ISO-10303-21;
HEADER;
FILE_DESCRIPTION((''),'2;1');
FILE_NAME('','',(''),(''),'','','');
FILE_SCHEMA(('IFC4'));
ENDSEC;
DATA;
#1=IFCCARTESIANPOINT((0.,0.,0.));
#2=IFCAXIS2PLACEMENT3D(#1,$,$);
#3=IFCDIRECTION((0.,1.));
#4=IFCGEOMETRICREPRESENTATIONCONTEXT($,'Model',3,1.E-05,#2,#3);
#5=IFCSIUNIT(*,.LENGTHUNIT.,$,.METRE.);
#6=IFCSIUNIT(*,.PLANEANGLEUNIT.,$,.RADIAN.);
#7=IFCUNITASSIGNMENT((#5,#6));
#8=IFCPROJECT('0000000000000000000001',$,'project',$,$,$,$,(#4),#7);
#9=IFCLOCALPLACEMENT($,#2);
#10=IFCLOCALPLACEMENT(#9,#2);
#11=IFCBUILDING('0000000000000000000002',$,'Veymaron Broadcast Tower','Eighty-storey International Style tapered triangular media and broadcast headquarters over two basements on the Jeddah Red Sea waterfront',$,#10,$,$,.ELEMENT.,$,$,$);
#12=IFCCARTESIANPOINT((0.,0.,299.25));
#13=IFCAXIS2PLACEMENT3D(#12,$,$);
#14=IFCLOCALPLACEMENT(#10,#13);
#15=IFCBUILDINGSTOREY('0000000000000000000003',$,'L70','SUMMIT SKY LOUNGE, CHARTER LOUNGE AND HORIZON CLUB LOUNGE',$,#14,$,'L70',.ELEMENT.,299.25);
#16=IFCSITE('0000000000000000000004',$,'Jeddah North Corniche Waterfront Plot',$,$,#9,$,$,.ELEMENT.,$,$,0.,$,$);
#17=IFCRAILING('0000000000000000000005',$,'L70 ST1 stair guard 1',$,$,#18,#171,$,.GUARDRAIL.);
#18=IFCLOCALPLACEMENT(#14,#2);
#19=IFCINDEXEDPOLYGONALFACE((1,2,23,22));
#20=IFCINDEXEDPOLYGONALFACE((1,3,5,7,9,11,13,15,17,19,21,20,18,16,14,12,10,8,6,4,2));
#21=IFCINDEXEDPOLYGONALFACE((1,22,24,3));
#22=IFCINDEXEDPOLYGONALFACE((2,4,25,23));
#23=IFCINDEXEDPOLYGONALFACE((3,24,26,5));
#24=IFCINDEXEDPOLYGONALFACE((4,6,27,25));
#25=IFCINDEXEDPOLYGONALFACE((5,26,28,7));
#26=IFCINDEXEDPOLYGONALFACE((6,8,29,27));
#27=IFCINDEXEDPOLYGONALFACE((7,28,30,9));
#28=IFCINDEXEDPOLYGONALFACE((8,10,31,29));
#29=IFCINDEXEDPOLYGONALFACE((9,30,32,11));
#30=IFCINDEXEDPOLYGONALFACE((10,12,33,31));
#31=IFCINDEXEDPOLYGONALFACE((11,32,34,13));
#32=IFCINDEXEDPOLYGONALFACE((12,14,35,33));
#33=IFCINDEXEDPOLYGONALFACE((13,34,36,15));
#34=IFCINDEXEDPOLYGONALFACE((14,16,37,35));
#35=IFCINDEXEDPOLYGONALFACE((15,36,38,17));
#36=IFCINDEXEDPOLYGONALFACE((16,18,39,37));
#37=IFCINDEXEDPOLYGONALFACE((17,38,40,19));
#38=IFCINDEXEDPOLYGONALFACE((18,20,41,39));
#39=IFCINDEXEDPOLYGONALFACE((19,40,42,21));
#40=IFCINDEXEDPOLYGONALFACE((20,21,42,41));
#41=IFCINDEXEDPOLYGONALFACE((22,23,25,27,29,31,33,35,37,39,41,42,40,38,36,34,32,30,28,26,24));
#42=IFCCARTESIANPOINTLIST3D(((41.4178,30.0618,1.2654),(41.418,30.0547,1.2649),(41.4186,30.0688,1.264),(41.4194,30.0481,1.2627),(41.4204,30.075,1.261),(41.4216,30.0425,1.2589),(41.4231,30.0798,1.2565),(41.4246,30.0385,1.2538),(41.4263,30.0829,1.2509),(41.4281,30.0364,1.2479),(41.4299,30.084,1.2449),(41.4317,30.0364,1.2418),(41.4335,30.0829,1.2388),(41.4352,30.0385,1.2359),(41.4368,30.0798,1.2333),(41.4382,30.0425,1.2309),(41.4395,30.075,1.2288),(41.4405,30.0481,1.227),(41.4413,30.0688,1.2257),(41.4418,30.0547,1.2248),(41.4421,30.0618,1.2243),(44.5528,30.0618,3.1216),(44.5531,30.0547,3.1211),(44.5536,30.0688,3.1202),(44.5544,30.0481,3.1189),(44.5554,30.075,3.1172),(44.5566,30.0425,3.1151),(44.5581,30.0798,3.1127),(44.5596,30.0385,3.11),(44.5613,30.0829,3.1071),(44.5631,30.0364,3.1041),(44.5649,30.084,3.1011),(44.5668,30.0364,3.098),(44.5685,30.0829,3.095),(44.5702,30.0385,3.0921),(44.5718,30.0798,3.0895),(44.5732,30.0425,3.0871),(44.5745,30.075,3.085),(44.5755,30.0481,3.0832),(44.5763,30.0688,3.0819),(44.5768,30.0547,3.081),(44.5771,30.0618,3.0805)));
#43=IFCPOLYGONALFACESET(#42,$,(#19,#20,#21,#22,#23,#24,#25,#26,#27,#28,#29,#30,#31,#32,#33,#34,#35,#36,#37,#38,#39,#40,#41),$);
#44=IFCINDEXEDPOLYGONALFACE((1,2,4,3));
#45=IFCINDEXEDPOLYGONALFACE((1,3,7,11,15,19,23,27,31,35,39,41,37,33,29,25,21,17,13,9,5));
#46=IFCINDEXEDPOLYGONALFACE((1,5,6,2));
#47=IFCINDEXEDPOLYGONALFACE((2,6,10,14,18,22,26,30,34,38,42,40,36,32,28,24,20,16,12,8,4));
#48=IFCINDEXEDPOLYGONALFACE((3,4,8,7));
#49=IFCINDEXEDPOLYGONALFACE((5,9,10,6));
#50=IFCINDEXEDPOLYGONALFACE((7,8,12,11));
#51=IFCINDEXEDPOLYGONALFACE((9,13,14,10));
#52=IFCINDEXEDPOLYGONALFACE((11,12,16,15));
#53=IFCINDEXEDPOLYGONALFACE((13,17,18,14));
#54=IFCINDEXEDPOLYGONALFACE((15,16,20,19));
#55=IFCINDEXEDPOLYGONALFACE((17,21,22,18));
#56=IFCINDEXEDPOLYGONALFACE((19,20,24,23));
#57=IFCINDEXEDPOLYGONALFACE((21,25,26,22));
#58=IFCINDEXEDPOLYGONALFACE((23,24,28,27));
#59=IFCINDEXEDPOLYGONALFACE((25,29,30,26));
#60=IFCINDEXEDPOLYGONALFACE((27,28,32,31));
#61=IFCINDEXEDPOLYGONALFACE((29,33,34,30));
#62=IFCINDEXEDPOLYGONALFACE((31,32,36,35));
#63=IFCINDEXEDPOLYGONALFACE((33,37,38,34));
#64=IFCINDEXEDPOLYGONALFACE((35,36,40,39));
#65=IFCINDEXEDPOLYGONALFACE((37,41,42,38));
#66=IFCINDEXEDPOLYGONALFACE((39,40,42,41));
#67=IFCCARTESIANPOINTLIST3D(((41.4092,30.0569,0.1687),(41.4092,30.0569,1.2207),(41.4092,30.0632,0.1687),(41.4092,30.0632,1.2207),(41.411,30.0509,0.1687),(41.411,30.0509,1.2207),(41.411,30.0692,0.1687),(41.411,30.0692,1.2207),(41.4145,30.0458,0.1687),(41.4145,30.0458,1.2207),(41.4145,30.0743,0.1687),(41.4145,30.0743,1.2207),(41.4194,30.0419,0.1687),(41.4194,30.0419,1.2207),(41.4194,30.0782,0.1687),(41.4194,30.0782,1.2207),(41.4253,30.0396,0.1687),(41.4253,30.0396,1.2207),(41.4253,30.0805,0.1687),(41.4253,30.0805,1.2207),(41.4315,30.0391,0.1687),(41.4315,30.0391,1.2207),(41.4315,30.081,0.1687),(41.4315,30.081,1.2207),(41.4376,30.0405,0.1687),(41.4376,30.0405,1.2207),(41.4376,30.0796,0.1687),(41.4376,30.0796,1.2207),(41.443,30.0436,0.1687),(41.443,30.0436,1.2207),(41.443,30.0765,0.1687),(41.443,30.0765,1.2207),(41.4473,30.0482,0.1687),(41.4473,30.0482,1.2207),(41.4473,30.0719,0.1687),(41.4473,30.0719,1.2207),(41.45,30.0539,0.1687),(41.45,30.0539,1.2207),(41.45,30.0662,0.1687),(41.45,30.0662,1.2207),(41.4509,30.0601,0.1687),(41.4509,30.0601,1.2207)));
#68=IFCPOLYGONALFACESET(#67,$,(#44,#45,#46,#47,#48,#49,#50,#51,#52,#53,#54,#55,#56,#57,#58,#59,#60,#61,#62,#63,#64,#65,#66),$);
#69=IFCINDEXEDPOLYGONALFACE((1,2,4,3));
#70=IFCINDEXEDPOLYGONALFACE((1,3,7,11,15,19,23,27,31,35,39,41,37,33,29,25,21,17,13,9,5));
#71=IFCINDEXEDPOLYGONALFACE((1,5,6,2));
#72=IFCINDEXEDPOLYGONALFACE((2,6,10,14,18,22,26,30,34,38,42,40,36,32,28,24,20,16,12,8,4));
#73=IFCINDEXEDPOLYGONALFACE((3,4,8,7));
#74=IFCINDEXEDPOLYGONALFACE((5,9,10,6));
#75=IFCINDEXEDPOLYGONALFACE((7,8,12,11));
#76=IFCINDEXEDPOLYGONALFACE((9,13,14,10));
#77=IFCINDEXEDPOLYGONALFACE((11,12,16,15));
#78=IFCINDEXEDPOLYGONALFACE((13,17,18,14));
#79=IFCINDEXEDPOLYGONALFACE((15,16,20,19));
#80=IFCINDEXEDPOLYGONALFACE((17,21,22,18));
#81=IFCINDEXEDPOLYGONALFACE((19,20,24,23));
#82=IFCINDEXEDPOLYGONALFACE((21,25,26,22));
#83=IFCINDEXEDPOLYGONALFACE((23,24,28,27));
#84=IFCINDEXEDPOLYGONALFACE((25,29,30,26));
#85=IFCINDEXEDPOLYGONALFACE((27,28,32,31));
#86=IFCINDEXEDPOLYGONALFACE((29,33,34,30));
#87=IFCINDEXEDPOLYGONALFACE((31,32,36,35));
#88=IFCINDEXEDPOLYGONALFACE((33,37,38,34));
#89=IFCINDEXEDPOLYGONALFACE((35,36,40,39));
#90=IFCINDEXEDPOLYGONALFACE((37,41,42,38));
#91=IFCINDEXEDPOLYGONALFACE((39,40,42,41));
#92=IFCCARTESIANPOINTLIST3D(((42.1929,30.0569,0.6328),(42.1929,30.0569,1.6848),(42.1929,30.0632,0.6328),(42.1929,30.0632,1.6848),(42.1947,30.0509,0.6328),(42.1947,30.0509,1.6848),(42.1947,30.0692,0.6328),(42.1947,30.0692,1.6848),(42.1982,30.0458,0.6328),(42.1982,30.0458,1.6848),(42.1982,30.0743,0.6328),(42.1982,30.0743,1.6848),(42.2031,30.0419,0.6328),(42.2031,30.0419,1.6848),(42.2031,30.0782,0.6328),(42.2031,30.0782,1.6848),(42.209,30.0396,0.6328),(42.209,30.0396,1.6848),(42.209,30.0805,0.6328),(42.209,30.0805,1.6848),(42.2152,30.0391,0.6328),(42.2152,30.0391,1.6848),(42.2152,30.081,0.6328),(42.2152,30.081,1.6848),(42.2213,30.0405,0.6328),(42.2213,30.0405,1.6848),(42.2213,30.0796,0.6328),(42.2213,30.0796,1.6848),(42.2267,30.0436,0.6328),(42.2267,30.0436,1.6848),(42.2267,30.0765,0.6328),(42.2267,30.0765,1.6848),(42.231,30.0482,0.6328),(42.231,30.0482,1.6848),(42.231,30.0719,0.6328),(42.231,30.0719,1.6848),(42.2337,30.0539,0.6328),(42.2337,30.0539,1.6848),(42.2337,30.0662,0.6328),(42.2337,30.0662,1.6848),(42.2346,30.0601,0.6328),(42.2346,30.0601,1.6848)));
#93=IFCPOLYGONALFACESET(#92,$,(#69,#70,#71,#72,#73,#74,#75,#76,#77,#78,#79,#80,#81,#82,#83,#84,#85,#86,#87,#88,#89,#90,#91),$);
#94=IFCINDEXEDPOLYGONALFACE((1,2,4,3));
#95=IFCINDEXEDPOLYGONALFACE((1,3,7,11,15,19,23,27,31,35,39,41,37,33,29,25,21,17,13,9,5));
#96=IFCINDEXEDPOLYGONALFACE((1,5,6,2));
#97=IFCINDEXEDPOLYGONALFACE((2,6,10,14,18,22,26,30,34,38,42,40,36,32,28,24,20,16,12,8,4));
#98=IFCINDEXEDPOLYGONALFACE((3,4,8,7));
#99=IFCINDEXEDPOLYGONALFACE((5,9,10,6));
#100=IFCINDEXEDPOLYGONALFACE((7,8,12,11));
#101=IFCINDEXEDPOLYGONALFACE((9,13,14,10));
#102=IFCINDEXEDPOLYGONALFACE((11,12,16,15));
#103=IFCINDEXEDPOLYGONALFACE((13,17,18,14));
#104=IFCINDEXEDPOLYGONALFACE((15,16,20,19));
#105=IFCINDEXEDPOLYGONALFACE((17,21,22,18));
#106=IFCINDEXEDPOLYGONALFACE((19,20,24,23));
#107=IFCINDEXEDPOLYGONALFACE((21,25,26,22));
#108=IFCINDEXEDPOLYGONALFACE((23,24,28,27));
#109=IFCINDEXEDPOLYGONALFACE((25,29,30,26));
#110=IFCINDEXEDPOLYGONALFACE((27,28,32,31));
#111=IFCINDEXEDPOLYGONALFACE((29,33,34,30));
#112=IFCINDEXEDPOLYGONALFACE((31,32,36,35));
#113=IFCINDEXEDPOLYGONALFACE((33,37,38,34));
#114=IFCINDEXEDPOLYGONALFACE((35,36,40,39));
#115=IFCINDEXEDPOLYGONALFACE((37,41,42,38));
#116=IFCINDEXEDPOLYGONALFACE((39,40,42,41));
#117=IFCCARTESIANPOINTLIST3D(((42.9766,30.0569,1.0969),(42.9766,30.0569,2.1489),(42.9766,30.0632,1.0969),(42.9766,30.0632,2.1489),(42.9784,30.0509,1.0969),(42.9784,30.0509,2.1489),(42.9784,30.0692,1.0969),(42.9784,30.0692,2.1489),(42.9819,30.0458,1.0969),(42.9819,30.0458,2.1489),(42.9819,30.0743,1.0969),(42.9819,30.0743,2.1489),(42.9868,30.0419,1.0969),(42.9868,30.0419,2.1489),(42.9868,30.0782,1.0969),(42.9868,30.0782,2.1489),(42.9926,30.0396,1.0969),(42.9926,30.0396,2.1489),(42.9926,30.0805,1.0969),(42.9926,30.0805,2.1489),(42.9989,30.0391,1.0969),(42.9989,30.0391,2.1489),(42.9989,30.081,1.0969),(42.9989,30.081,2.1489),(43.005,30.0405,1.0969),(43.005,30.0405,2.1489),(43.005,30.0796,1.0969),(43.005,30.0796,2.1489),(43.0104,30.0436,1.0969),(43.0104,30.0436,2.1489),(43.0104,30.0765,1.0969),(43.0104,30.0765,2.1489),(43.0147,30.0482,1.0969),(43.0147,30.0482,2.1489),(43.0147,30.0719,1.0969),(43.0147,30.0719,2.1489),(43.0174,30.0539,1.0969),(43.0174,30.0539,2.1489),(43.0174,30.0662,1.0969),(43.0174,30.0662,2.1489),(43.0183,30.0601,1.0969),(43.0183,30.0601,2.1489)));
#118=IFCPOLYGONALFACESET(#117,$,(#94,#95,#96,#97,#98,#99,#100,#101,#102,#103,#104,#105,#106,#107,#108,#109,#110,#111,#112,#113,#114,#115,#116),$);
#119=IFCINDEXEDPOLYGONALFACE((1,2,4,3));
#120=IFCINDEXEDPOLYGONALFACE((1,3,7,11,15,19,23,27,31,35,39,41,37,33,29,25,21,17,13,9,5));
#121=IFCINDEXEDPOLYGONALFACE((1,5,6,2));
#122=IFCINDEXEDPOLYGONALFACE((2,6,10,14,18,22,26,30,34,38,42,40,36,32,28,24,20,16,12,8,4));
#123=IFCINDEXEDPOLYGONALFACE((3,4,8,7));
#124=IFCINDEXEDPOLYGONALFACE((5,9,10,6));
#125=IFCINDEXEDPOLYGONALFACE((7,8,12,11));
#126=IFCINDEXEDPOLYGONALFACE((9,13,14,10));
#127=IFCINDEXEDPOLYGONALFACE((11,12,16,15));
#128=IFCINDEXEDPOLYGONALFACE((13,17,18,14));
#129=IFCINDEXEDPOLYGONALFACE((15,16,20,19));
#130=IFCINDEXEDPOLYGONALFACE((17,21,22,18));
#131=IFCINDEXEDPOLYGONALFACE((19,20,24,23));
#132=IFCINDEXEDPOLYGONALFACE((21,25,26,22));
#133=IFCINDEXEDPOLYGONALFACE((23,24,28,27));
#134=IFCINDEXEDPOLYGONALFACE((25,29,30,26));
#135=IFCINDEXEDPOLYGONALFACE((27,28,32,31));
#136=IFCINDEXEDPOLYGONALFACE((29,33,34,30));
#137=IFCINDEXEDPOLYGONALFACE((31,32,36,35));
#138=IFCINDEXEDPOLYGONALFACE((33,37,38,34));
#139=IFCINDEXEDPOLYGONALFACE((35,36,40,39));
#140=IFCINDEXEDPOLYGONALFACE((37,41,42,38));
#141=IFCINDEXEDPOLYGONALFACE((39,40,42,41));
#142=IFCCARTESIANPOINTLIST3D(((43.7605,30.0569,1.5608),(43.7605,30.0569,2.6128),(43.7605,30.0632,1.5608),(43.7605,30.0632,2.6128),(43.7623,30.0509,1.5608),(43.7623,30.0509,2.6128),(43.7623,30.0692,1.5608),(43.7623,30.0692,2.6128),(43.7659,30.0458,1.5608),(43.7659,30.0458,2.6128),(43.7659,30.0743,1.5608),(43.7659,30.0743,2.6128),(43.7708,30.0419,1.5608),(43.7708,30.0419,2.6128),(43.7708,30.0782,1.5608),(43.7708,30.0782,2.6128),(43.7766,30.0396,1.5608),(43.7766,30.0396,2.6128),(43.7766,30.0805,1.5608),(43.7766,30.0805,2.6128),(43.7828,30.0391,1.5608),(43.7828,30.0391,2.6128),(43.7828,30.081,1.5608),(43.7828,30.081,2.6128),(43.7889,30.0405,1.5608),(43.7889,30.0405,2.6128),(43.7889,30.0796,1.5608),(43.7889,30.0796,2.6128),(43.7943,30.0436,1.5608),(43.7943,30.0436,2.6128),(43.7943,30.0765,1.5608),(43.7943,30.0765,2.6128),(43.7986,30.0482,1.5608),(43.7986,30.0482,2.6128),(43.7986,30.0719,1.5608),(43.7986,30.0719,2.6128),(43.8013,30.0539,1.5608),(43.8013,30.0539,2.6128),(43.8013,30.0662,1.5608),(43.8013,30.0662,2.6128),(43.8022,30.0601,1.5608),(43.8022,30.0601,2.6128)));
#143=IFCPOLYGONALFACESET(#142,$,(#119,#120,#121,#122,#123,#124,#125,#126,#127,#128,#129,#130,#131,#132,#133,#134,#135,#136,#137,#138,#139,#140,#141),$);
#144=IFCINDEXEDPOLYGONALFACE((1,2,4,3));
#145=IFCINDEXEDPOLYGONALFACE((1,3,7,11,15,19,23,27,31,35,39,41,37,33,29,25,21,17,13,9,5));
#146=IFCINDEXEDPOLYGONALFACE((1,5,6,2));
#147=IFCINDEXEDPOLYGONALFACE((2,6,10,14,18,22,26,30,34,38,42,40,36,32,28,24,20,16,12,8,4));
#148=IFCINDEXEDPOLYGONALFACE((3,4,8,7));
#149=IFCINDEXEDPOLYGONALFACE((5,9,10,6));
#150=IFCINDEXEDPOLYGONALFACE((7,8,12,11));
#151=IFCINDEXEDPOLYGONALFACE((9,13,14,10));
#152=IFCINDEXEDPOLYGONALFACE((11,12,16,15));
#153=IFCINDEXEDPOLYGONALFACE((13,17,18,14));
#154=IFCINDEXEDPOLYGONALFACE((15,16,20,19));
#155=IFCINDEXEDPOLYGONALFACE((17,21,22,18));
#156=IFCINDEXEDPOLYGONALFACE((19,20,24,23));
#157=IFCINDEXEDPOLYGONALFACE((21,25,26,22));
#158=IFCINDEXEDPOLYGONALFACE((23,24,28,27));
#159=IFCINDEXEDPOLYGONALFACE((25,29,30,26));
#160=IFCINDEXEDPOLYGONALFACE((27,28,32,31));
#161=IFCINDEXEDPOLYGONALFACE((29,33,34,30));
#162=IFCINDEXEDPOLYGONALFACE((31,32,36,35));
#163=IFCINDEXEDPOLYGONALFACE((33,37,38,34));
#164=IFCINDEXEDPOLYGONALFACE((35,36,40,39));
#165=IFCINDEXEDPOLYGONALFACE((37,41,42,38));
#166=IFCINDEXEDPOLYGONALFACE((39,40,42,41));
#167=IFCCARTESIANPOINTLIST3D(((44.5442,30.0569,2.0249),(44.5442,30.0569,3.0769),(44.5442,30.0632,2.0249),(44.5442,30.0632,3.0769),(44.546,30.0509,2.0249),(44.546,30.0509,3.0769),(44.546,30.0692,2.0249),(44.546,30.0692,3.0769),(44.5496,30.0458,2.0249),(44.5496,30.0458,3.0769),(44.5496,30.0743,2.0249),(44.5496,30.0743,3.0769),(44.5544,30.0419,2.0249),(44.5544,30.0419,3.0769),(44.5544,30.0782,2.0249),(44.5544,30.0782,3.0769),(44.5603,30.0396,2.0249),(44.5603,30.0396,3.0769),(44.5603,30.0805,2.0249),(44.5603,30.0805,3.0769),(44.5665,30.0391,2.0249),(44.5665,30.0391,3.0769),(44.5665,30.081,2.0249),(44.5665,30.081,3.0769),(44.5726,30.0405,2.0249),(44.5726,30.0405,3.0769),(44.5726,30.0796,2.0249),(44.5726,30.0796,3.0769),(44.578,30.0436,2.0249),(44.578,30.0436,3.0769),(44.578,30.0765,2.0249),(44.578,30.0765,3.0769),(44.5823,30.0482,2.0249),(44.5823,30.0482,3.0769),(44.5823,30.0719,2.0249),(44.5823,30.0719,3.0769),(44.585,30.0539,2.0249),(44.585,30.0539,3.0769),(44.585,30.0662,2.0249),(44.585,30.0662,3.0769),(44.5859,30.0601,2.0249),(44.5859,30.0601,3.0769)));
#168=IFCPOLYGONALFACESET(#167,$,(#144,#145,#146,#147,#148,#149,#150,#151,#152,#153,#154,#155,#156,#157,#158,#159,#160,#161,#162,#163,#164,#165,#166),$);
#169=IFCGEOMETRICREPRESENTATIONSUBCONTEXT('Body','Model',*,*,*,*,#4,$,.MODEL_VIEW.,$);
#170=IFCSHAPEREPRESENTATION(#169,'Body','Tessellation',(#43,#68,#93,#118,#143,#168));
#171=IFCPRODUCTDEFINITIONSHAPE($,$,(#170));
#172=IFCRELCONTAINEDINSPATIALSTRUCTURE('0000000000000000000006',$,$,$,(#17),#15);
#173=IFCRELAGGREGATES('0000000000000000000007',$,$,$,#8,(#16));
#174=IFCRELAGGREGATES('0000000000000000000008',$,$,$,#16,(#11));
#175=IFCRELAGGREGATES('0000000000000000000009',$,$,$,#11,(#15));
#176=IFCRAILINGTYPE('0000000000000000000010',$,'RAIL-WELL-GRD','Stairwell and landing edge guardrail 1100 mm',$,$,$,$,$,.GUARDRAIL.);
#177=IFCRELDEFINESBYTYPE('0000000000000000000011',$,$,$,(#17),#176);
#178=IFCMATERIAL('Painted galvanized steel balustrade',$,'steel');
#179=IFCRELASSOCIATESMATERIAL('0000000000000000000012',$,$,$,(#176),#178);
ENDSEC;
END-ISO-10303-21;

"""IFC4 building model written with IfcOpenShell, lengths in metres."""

from ifc_helpers import new_model, si_unit, direction, frame, origin, origin_2d, place, context, subcontext, project, spatial, circle, extrude, material, type_object, element, save


model = new_model("IFC4")

# Units and contexts
model_context = context("Model", 3, precision=1e-05, world=origin(), true_north=direction((0.0, 1.0)))
body_context = subcontext(model_context, "Body", "Model", "MODEL_VIEW")
ifc_project = project(units=[si_unit("LENGTHUNIT", "METRE"), si_unit("PLANEANGLEUNIT", "RADIAN")], contexts=[model_context])

# Site, building, storey
site_placement = place(None, origin())
site = spatial("IfcSite", under=ifc_project, at=site_placement, Name="Jeddah North Corniche Waterfront Plot", CompositionType="ELEMENT", RefElevation=0.0)
building_placement = place(site_placement, origin())
building = spatial("IfcBuilding", under=site, at=building_placement, Name="Veymaron Broadcast Tower", Description="Eighty-storey International Style tapered triangular media and broadcast headquarters over two basements on the Jeddah Red Sea waterfront", CompositionType="ELEMENT")
storey_placement = place(building_placement, frame((0.0, 0.0, 299.25)))
storey = spatial("IfcBuildingStorey", under=building, at=storey_placement, Name="L70", Description="SUMMIT SKY LOUNGE, CHARTER LOUNGE AND HORIZON CLUB LOUNGE", LongName="L70", CompositionType="ELEMENT", Elevation=299.25)

# Railing
ifc_material_1 = material(Name="Painted galvanized steel balustrade", Category="steel")
railing_type_1 = type_object("IfcRailingType", Name="RAIL-WELL-GRD", Description="Stairwell and landing edge guardrail 1100 mm", PredefinedType="GUARDRAIL", material=ifc_material_1)
railing_1_placement = place(storey_placement, frame((41.4299, 30.0601, 0.1687)))
element("IfcRailing", 1, at=railing_1_placement, inside=storey, type_object=railing_type_1, Name="L70 ST1 stair guard 1", PredefinedType="GUARDRAIL", context=body_context, shape_type="SweptSolid", body=[
    extrude(circle(Radius=0.0239, at=origin_2d()), frame((0.0, 0.0, 1.0762), z_axis=(0.860482, 0.0, 0.509481), x_axis=(0.0, 1.0, 0.0)), (0.0, 0.0, 1.0), 3.6433),
    extrude(circle(Radius=0.021, at=origin_2d()), origin(), (0.0, 0.0, 1.0), 1.052),
    extrude(circle(Radius=0.021, at=origin_2d()), frame((0.7837, 0.0, 0.4641)), (0.0, 0.0, 1.0), 1.052),
    extrude(circle(Radius=0.021, at=origin_2d()), frame((1.5674, 0.0, 0.9282)), (0.0, 0.0, 1.0), 1.052),
    extrude(circle(Radius=0.021, at=origin_2d()), frame((2.3513, 0.0, 1.3921)), (0.0, 0.0, 1.0), 1.052),
    extrude(circle(Radius=0.021, at=origin_2d()), frame((3.135, 0.0, 1.8562)), (0.0, 0.0, 1.0), 1.052),
])

save(model, "model.ifc")
